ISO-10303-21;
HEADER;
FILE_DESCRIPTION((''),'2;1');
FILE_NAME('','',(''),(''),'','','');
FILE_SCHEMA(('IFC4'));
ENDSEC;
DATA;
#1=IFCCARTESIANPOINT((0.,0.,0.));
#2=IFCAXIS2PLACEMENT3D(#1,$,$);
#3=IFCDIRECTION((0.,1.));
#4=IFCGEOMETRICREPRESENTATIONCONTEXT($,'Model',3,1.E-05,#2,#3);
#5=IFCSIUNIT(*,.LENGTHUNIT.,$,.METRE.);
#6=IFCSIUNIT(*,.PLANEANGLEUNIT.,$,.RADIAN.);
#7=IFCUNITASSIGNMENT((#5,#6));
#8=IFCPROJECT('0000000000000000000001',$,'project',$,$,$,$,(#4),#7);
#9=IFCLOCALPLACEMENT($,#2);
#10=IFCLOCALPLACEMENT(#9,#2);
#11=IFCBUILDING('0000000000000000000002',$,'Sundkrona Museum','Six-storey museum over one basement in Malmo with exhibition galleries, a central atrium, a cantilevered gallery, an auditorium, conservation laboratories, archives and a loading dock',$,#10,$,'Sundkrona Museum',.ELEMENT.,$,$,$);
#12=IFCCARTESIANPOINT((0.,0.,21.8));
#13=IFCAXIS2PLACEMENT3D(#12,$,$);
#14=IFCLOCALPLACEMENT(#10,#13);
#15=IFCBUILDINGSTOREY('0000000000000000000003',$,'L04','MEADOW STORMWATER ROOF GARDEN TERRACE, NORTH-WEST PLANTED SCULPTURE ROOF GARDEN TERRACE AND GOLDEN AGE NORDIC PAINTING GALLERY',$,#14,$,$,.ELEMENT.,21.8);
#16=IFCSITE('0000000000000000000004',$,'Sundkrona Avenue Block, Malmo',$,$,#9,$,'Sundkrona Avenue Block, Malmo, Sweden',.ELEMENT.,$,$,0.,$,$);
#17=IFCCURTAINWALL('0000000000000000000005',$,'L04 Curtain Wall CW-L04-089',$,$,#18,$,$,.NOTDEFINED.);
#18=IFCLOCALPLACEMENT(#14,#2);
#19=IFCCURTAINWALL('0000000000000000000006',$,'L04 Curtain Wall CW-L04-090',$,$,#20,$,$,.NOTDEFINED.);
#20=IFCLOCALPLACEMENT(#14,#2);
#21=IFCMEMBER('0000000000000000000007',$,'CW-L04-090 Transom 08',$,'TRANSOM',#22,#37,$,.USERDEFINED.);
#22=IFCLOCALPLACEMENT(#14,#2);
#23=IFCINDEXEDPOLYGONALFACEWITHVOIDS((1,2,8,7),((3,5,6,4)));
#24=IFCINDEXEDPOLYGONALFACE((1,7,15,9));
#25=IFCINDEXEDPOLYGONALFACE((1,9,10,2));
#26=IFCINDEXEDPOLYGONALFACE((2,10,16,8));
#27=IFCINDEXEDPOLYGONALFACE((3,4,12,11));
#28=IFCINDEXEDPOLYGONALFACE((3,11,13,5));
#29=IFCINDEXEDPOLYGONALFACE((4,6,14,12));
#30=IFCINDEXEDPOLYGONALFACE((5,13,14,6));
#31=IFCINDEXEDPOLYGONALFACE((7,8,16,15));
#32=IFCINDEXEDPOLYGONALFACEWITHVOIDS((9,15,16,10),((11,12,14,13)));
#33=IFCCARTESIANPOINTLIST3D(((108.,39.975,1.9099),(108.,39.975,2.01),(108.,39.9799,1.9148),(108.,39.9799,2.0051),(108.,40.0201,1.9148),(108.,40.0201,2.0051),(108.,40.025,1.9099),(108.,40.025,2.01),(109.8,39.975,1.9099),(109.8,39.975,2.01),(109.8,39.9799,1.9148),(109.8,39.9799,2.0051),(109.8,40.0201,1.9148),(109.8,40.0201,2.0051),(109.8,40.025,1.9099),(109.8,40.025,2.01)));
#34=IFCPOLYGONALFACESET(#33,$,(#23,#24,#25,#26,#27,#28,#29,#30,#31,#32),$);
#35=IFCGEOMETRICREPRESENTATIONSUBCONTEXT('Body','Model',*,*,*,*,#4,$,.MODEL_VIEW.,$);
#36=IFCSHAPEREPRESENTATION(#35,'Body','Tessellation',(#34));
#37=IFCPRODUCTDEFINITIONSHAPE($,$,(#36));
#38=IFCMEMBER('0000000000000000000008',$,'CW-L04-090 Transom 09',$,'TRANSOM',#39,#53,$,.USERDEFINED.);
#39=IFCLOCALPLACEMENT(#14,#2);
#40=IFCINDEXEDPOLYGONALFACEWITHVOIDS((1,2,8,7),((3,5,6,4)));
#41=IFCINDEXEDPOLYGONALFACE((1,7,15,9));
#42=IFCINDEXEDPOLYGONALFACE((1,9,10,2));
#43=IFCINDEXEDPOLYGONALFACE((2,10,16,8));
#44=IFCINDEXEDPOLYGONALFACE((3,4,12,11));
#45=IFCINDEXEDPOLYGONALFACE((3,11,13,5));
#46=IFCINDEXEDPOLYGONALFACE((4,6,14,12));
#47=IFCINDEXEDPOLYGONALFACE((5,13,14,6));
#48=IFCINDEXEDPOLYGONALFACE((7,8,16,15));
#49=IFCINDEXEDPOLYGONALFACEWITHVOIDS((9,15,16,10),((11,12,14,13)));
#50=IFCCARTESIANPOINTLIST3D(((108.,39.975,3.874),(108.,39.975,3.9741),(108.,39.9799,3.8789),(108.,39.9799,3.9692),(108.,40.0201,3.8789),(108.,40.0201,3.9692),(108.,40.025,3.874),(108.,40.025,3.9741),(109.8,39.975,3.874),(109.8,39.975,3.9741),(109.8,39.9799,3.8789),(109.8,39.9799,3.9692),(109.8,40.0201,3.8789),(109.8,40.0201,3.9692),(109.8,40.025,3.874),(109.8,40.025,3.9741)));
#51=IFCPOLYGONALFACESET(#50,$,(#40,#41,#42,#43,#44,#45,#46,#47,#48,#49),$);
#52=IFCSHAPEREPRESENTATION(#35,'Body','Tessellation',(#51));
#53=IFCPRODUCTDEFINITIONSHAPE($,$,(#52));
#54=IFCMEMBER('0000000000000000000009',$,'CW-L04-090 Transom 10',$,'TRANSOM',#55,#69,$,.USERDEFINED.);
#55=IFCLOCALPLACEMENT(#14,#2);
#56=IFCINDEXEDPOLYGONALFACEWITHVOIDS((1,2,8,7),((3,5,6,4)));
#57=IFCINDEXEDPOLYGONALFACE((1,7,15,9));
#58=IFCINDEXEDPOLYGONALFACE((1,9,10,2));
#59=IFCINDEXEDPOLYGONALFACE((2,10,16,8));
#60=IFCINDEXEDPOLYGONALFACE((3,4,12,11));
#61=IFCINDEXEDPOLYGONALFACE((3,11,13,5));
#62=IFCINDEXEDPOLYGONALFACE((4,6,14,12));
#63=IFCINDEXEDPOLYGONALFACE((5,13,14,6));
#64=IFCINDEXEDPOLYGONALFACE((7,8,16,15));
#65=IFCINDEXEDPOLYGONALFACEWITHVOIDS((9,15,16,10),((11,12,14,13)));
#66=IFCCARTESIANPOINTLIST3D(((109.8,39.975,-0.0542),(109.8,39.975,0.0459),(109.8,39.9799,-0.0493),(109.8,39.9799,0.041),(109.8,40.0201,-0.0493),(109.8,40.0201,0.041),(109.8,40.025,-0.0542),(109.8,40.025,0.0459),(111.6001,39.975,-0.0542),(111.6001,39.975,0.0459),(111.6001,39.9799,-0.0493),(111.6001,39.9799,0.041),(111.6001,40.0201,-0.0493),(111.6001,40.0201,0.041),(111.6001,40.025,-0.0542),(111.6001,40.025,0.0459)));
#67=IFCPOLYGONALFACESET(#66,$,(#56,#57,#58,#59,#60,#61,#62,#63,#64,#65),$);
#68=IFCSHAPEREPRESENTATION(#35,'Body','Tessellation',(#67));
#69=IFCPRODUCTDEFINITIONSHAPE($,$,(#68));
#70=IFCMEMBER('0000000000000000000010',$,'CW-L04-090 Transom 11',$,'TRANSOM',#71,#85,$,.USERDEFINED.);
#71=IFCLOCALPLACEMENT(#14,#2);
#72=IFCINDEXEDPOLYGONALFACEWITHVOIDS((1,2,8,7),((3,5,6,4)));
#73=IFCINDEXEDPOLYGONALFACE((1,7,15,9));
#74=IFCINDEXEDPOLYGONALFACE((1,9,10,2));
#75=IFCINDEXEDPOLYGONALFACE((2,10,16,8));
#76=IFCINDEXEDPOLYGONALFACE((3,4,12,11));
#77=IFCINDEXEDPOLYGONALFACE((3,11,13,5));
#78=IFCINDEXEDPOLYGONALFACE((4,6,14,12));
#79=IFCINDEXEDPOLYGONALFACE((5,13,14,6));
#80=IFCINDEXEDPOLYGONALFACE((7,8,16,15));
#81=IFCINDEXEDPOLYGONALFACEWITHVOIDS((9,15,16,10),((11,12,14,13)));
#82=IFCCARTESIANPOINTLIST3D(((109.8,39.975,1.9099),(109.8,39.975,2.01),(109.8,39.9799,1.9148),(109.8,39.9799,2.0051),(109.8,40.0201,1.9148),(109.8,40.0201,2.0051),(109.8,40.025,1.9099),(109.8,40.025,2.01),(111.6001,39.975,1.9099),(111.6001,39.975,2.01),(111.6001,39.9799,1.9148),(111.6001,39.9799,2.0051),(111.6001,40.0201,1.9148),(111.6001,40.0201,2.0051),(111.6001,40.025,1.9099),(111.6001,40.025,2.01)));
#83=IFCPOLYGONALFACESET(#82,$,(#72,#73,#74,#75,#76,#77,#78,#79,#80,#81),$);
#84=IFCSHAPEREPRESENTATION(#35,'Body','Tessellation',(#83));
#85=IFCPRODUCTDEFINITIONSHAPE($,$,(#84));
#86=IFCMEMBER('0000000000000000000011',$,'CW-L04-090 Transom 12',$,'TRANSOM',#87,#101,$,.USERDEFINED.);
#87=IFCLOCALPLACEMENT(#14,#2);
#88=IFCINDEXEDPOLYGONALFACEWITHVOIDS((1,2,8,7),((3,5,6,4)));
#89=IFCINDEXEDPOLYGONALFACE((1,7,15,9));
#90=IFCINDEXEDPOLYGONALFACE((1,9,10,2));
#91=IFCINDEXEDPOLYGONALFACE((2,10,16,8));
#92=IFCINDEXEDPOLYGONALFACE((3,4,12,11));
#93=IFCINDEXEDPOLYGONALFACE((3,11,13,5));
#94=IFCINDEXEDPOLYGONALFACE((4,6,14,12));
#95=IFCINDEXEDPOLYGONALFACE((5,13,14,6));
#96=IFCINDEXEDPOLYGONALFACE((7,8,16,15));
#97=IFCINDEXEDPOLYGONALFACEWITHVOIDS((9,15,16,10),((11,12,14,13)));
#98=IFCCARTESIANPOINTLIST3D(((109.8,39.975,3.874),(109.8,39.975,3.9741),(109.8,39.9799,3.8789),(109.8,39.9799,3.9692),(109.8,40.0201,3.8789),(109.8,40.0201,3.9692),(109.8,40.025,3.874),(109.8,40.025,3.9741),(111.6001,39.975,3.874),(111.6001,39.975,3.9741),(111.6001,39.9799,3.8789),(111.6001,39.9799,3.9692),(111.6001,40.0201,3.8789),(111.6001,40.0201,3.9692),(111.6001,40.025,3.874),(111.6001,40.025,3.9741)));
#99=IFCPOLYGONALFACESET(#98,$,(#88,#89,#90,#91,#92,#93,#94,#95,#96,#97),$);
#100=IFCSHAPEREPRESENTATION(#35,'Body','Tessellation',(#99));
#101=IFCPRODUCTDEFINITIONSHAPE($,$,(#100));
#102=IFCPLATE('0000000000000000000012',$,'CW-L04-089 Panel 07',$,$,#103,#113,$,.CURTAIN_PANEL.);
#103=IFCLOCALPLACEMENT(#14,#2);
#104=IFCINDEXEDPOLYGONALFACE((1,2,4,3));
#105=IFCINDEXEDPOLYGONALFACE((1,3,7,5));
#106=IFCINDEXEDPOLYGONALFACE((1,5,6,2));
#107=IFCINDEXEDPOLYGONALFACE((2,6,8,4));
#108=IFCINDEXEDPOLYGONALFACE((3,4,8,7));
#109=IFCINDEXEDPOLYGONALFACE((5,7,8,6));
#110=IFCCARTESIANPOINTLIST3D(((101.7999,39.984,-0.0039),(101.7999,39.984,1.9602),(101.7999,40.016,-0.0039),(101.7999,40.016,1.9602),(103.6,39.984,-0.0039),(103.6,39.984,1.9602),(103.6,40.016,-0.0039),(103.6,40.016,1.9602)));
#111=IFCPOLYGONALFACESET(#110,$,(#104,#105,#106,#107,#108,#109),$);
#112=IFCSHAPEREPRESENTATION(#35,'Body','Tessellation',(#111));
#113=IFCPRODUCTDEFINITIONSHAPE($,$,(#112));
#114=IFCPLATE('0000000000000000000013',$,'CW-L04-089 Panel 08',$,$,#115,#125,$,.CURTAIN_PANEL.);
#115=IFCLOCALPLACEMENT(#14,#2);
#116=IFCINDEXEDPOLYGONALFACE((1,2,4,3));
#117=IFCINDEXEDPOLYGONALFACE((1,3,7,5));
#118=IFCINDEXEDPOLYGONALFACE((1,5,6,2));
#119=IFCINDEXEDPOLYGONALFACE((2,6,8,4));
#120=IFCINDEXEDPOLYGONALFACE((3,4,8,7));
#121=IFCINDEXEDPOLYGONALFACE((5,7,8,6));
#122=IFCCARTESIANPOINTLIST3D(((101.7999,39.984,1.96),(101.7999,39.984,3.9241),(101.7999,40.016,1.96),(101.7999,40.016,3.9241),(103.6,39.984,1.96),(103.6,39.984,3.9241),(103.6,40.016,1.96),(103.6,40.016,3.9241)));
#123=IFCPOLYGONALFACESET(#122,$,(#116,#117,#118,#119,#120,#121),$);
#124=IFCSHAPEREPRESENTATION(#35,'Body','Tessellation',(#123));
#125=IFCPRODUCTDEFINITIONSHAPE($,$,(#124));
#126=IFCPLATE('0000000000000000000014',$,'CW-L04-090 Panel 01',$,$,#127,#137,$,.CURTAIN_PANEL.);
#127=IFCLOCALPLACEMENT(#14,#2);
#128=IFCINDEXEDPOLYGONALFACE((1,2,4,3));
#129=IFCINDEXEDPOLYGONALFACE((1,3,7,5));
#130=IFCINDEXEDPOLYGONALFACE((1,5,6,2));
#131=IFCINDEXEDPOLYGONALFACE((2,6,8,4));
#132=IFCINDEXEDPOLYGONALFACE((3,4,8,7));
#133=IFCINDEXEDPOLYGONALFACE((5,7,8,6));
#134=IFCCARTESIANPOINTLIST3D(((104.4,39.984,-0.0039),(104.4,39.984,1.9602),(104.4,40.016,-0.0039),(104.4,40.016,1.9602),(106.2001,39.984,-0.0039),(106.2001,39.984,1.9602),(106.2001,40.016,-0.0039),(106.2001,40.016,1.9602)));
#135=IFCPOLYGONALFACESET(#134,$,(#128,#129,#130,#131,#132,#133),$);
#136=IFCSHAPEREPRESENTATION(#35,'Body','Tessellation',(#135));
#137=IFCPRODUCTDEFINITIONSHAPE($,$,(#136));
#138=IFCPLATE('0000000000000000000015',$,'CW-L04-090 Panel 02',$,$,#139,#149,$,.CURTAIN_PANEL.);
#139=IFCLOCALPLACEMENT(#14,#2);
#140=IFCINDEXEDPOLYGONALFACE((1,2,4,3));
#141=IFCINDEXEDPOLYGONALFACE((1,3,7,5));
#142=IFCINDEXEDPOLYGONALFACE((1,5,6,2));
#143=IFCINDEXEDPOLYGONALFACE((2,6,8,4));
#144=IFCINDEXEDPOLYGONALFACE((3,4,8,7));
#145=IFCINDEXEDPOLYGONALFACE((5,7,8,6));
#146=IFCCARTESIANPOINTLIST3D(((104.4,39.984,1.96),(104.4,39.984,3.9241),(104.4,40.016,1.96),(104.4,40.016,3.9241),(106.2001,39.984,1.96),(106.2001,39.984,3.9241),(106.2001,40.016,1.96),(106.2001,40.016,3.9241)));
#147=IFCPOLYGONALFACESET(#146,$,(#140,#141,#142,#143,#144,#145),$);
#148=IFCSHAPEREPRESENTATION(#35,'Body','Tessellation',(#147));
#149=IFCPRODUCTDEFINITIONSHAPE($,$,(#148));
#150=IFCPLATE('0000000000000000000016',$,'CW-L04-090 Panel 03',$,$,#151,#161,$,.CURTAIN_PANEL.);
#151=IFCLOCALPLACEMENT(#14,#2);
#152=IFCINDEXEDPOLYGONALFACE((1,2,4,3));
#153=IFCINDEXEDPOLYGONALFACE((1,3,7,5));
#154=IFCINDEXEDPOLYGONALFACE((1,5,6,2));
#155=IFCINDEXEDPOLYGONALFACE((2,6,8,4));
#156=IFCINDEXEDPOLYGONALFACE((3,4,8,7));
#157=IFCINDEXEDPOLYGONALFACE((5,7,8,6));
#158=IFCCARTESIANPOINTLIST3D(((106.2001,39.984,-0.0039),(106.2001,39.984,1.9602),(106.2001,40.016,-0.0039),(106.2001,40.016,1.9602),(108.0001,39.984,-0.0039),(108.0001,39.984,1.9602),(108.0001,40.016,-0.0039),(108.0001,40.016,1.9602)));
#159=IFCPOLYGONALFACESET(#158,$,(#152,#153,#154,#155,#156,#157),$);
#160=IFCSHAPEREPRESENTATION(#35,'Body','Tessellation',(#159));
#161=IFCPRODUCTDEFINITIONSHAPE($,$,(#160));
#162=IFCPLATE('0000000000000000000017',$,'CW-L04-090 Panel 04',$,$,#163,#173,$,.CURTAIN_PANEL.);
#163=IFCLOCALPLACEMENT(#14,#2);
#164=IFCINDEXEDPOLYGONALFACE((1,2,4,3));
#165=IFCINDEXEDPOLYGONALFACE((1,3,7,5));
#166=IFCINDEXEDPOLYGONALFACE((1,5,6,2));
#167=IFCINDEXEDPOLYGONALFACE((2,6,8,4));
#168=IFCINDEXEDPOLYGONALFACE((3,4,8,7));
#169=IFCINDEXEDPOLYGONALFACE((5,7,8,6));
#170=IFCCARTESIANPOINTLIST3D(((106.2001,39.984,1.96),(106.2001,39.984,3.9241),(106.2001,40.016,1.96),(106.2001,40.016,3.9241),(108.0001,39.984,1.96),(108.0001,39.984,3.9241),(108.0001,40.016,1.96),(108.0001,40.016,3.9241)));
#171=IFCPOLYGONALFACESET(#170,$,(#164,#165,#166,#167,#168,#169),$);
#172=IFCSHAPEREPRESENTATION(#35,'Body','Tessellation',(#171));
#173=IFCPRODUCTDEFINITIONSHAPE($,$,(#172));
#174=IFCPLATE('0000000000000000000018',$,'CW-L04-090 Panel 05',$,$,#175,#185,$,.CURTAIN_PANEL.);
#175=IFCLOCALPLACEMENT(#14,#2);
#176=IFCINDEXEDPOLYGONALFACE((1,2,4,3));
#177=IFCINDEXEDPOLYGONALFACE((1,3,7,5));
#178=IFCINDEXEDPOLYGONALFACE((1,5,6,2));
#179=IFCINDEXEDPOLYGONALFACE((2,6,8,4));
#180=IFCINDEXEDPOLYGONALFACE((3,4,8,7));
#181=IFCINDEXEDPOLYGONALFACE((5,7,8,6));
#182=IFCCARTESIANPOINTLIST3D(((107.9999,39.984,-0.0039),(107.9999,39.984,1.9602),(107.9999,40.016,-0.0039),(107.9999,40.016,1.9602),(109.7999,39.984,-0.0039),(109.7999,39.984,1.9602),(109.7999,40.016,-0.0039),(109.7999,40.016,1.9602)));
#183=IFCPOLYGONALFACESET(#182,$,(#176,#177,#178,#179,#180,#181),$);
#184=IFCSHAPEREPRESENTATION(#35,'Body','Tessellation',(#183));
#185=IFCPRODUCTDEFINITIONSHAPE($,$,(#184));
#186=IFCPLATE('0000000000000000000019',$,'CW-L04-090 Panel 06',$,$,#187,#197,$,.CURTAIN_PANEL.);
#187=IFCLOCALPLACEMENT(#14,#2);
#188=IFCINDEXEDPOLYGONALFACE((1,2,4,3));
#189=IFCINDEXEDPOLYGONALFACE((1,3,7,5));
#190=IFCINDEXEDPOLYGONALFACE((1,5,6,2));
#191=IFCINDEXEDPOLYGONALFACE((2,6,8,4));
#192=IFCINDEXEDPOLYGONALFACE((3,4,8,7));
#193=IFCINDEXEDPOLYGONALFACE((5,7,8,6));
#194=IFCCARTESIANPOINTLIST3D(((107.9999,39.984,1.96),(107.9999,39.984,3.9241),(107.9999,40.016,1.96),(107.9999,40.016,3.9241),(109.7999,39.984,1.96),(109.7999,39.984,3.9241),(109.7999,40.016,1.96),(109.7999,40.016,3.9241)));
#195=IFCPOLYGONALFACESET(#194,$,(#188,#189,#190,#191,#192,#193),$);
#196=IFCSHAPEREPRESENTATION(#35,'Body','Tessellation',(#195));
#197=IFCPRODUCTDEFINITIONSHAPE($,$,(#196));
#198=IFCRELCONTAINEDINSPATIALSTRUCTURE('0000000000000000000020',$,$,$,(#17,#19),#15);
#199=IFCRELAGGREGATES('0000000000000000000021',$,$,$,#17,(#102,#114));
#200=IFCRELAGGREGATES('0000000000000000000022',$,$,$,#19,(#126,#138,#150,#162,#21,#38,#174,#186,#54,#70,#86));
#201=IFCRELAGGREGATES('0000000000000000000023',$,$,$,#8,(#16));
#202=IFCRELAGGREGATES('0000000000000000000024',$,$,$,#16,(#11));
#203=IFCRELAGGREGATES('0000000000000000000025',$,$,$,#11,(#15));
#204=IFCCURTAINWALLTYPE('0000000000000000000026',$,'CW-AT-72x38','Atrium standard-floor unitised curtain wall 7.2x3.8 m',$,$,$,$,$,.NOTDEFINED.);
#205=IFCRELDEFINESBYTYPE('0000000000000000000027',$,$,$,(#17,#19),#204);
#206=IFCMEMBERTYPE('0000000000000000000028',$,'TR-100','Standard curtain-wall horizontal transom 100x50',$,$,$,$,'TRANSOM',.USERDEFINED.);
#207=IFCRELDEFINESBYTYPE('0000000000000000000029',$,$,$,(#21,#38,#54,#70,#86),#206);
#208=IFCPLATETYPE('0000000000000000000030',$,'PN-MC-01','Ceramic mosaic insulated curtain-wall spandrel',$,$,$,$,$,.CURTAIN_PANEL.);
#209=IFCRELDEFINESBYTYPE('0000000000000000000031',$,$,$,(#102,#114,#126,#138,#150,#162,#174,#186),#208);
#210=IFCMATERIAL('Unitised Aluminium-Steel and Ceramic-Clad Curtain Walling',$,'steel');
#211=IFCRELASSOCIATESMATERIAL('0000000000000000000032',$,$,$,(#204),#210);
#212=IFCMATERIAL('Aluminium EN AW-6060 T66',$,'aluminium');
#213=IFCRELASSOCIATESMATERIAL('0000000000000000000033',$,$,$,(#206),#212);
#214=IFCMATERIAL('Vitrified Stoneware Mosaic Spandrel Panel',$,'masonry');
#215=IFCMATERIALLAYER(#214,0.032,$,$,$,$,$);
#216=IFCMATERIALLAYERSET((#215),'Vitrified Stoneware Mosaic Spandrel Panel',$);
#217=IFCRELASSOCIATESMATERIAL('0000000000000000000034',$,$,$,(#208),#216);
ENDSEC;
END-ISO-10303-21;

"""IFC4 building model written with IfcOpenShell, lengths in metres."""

from ifc_helpers import new_model, si_unit, direction, frame, origin, origin_2d, place, context, subcontext, project, spatial, rectangle, hollow_rectangle, extrude, material, layer, layer_set, material_profile, profile_set, type_object, element, aggregate, save


model = new_model("IFC4")

# Units and contexts
model_context = context("Model", 3, precision=1e-05, world=origin(), true_north=direction((0.0, 1.0)))
body_context = subcontext(model_context, "Body", "Model", "MODEL_VIEW")
ifc_project = project(units=[si_unit("LENGTHUNIT", "METRE"), si_unit("PLANEANGLEUNIT", "RADIAN")], contexts=[model_context])

# Site, building, storey
site_placement = place(None, origin())
site = spatial("IfcSite", under=ifc_project, at=site_placement, Name="Sundkrona Avenue Block, Malmo", LongName="Sundkrona Avenue Block, Malmo, Sweden", CompositionType="ELEMENT", RefElevation=0.0)
building_placement = place(site_placement, origin())
building = spatial("IfcBuilding", under=site, at=building_placement, Name="Sundkrona Museum", Description="Six-storey museum over one basement in Malmo with exhibition galleries, a central atrium, a cantilevered gallery, an auditorium, conservation laboratories, archives and a loading dock", LongName="Sundkrona Museum", CompositionType="ELEMENT")
storey_placement = place(building_placement, frame((0.0, 0.0, 21.8)))
storey = spatial("IfcBuildingStorey", under=building, at=storey_placement, Name="L04", Description="MEADOW STORMWATER ROOF GARDEN TERRACE, NORTH-WEST PLANTED SCULPTURE ROOF GARDEN TERRACE AND GOLDEN AGE NORDIC PAINTING GALLERY", CompositionType="ELEMENT", Elevation=21.8)

# Curtain walls
ifc_material_1 = material(Name="Unitised Aluminium-Steel and Ceramic-Clad Curtain Walling", Category="steel")
curtain_wall_type = type_object("IfcCurtainWallType", Name="CW-AT-72x38", Description="Atrium standard-floor unitised curtain wall 7.2x3.8 m", PredefinedType="NOTDEFINED", material=ifc_material_1)
curtain_wall_1_placement = place(storey_placement, origin())
curtain_wall_1 = element("IfcCurtainWall", 1, at=curtain_wall_1_placement, inside=storey, type_object=curtain_wall_type, Name="L04 Curtain Wall CW-L04-089", PredefinedType="NOTDEFINED")
ifc_material_2 = material(Name="Aluminium EN AW-6060 T66", Category="aluminium")
curtain_wall_2_placement = place(storey_placement, origin())
curtain_wall_2 = element("IfcCurtainWall", 2, at=curtain_wall_2_placement, inside=storey, type_object=curtain_wall_type, Name="L04 Curtain Wall CW-L04-090", PredefinedType="NOTDEFINED")

# Members
ifc_material_profile_1 = material_profile(ifc_material_2, hollow_rectangle(XDim=0.05, YDim=0.1001, WallThickness=0.0049, at=origin_2d()), Name="RHS 100x50x5.0")
ifc_profile_set_1 = profile_set([ifc_material_profile_1], Name="Aluminium EN AW-6060 T66")
member_type_1 = type_object("IfcMemberType", Name="TR-100", Description="Standard curtain-wall horizontal transom 100x50", ElementType="TRANSOM", PredefinedType="USERDEFINED", material=ifc_profile_set_1)
member_1_placement = place(storey_placement, frame((108.0, 40.0, 1.96), z_axis=(1.0, 0.0, 0.0), x_axis=(0.0, 1.0, 0.0)))
member_1 = element("IfcMember", 3, at=member_1_placement, type_object=member_type_1, Name="CW-L04-090 Transom 08", ObjectType="TRANSOM", PredefinedType="USERDEFINED", context=body_context, shape_type="SweptSolid", body=[
    extrude(hollow_rectangle(XDim=0.05, YDim=0.1001, WallThickness=0.0049, at=origin_2d()), origin(), (0.0, 0.0, 1.0), 1.8),
])
member_2_placement = place(storey_placement, frame((108.0, 40.0, 3.9241), z_axis=(1.0, 0.0, 0.0), x_axis=(0.0, 1.0, 0.0)))
member_2 = element("IfcMember", 4, at=member_2_placement, type_object=member_type_1, Name="CW-L04-090 Transom 09", ObjectType="TRANSOM", PredefinedType="USERDEFINED", context=body_context, shape_type="SweptSolid", body=[
    extrude(hollow_rectangle(XDim=0.05, YDim=0.1001, WallThickness=0.0049, at=origin_2d()), origin(), (0.0, 0.0, 1.0), 1.8),
])
member_3_placement = place(storey_placement, frame((109.8, 40.0, -0.0042), z_axis=(1.0, 0.0, 0.0), x_axis=(0.0, 1.0, 0.0)))
member_3 = element("IfcMember", 5, at=member_3_placement, type_object=member_type_1, Name="CW-L04-090 Transom 10", ObjectType="TRANSOM", PredefinedType="USERDEFINED", context=body_context, shape_type="SweptSolid", body=[
    extrude(hollow_rectangle(XDim=0.05, YDim=0.1001, WallThickness=0.0049, at=origin_2d()), origin(), (0.0, 0.0, 1.0), 1.8),
])
member_4_placement = place(storey_placement, frame((109.8, 40.0, 1.96), z_axis=(1.0, 0.0, 0.0), x_axis=(0.0, 1.0, 0.0)))
member_4 = element("IfcMember", 6, at=member_4_placement, type_object=member_type_1, Name="CW-L04-090 Transom 11", ObjectType="TRANSOM", PredefinedType="USERDEFINED", context=body_context, shape_type="SweptSolid", body=[
    extrude(hollow_rectangle(XDim=0.05, YDim=0.1001, WallThickness=0.0049, at=origin_2d()), origin(), (0.0, 0.0, 1.0), 1.8),
])
member_5_placement = place(storey_placement, frame((109.8, 40.0, 3.9241), z_axis=(1.0, 0.0, 0.0), x_axis=(0.0, 1.0, 0.0)))
member_5 = element("IfcMember", 7, at=member_5_placement, type_object=member_type_1, Name="CW-L04-090 Transom 12", ObjectType="TRANSOM", PredefinedType="USERDEFINED", context=body_context, shape_type="SweptSolid", body=[
    extrude(hollow_rectangle(XDim=0.05, YDim=0.1001, WallThickness=0.0049, at=origin_2d()), origin(), (0.0, 0.0, 1.0), 1.8),
])

# Plates
ifc_material_3 = material(Name="Vitrified Stoneware Mosaic Spandrel Panel", Category="masonry")
ifc_layer = layer(ifc_material_3, 0.032)
ifc_layer_set = layer_set([ifc_layer], Name="Vitrified Stoneware Mosaic Spandrel Panel")
plate_type = type_object("IfcPlateType", Name="PN-MC-01", Description="Ceramic mosaic insulated curtain-wall spandrel", PredefinedType="CURTAIN_PANEL", material=ifc_layer_set)
plate_1_placement = place(storey_placement, frame((102.7, 40.0, -0.0039), z_axis=(0.0, 0.0, 1.0), x_axis=(1.0, 0.0, 0.0)))
plate_1 = element("IfcPlate", 8, at=plate_1_placement, type_object=plate_type, Name="CW-L04-089 Panel 07", PredefinedType="CURTAIN_PANEL", context=body_context, shape_type="SweptSolid", body=[
    extrude(rectangle(XDim=1.8, YDim=0.032, at=origin_2d()), origin(), (0.0, 0.0, 1.0), 1.9641),
])
plate_2_placement = place(storey_placement, frame((102.7, 40.0, 1.96), z_axis=(0.0, 0.0, 1.0), x_axis=(1.0, 0.0, 0.0)))
plate_2 = element("IfcPlate", 9, at=plate_2_placement, type_object=plate_type, Name="CW-L04-089 Panel 08", PredefinedType="CURTAIN_PANEL", context=body_context, shape_type="SweptSolid", body=[
    extrude(rectangle(XDim=1.8, YDim=0.032, at=origin_2d()), origin(), (0.0, 0.0, 1.0), 1.9641),
])
aggregate(curtain_wall_1, [plate_1, plate_2])
plate_3_placement = place(storey_placement, frame((105.3, 40.0, -0.0039), z_axis=(0.0, 0.0, 1.0), x_axis=(1.0, 0.0, 0.0)))
plate_3 = element("IfcPlate", 10, at=plate_3_placement, type_object=plate_type, Name="CW-L04-090 Panel 01", PredefinedType="CURTAIN_PANEL", context=body_context, shape_type="SweptSolid", body=[
    extrude(rectangle(XDim=1.8, YDim=0.032, at=origin_2d()), origin(), (0.0, 0.0, 1.0), 1.9641),
])
plate_4_placement = place(storey_placement, frame((105.3, 40.0, 1.96), z_axis=(0.0, 0.0, 1.0), x_axis=(1.0, 0.0, 0.0)))
plate_4 = element("IfcPlate", 11, at=plate_4_placement, type_object=plate_type, Name="CW-L04-090 Panel 02", PredefinedType="CURTAIN_PANEL", context=body_context, shape_type="SweptSolid", body=[
    extrude(rectangle(XDim=1.8, YDim=0.032, at=origin_2d()), origin(), (0.0, 0.0, 1.0), 1.9641),
])
plate_5_placement = place(storey_placement, frame((107.1001, 40.0, -0.0039), z_axis=(0.0, 0.0, 1.0), x_axis=(1.0, 0.0, 0.0)))
plate_5 = element("IfcPlate", 12, at=plate_5_placement, type_object=plate_type, Name="CW-L04-090 Panel 03", PredefinedType="CURTAIN_PANEL", context=body_context, shape_type="SweptSolid", body=[
    extrude(rectangle(XDim=1.8, YDim=0.032, at=origin_2d()), origin(), (0.0, 0.0, 1.0), 1.9641),
])
plate_6_placement = place(storey_placement, frame((107.1001, 40.0, 1.96), z_axis=(0.0, 0.0, 1.0), x_axis=(1.0, 0.0, 0.0)))
plate_6 = element("IfcPlate", 13, at=plate_6_placement, type_object=plate_type, Name="CW-L04-090 Panel 04", PredefinedType="CURTAIN_PANEL", context=body_context, shape_type="SweptSolid", body=[
    extrude(rectangle(XDim=1.8, YDim=0.032, at=origin_2d()), origin(), (0.0, 0.0, 1.0), 1.9641),
])
plate_7_placement = place(storey_placement, frame((108.8999, 40.0, -0.0039), z_axis=(0.0, 0.0, 1.0), x_axis=(1.0, 0.0, 0.0)))
plate_7 = element("IfcPlate", 14, at=plate_7_placement, type_object=plate_type, Name="CW-L04-090 Panel 05", PredefinedType="CURTAIN_PANEL", context=body_context, shape_type="SweptSolid", body=[
    extrude(rectangle(XDim=1.8, YDim=0.032, at=origin_2d()), origin(), (0.0, 0.0, 1.0), 1.9641),
])
plate_8_placement = place(storey_placement, frame((108.8999, 40.0, 1.96), z_axis=(0.0, 0.0, 1.0), x_axis=(1.0, 0.0, 0.0)))
plate_8 = element("IfcPlate", 15, at=plate_8_placement, type_object=plate_type, Name="CW-L04-090 Panel 06", PredefinedType="CURTAIN_PANEL", context=body_context, shape_type="SweptSolid", body=[
    extrude(rectangle(XDim=1.8, YDim=0.032, at=origin_2d()), origin(), (0.0, 0.0, 1.0), 1.9641),
])
aggregate(curtain_wall_2, [plate_3, plate_4, plate_5, plate_6, member_1, member_2, plate_7, plate_8, member_3, member_4, member_5])

save(model, "model.ifc")
